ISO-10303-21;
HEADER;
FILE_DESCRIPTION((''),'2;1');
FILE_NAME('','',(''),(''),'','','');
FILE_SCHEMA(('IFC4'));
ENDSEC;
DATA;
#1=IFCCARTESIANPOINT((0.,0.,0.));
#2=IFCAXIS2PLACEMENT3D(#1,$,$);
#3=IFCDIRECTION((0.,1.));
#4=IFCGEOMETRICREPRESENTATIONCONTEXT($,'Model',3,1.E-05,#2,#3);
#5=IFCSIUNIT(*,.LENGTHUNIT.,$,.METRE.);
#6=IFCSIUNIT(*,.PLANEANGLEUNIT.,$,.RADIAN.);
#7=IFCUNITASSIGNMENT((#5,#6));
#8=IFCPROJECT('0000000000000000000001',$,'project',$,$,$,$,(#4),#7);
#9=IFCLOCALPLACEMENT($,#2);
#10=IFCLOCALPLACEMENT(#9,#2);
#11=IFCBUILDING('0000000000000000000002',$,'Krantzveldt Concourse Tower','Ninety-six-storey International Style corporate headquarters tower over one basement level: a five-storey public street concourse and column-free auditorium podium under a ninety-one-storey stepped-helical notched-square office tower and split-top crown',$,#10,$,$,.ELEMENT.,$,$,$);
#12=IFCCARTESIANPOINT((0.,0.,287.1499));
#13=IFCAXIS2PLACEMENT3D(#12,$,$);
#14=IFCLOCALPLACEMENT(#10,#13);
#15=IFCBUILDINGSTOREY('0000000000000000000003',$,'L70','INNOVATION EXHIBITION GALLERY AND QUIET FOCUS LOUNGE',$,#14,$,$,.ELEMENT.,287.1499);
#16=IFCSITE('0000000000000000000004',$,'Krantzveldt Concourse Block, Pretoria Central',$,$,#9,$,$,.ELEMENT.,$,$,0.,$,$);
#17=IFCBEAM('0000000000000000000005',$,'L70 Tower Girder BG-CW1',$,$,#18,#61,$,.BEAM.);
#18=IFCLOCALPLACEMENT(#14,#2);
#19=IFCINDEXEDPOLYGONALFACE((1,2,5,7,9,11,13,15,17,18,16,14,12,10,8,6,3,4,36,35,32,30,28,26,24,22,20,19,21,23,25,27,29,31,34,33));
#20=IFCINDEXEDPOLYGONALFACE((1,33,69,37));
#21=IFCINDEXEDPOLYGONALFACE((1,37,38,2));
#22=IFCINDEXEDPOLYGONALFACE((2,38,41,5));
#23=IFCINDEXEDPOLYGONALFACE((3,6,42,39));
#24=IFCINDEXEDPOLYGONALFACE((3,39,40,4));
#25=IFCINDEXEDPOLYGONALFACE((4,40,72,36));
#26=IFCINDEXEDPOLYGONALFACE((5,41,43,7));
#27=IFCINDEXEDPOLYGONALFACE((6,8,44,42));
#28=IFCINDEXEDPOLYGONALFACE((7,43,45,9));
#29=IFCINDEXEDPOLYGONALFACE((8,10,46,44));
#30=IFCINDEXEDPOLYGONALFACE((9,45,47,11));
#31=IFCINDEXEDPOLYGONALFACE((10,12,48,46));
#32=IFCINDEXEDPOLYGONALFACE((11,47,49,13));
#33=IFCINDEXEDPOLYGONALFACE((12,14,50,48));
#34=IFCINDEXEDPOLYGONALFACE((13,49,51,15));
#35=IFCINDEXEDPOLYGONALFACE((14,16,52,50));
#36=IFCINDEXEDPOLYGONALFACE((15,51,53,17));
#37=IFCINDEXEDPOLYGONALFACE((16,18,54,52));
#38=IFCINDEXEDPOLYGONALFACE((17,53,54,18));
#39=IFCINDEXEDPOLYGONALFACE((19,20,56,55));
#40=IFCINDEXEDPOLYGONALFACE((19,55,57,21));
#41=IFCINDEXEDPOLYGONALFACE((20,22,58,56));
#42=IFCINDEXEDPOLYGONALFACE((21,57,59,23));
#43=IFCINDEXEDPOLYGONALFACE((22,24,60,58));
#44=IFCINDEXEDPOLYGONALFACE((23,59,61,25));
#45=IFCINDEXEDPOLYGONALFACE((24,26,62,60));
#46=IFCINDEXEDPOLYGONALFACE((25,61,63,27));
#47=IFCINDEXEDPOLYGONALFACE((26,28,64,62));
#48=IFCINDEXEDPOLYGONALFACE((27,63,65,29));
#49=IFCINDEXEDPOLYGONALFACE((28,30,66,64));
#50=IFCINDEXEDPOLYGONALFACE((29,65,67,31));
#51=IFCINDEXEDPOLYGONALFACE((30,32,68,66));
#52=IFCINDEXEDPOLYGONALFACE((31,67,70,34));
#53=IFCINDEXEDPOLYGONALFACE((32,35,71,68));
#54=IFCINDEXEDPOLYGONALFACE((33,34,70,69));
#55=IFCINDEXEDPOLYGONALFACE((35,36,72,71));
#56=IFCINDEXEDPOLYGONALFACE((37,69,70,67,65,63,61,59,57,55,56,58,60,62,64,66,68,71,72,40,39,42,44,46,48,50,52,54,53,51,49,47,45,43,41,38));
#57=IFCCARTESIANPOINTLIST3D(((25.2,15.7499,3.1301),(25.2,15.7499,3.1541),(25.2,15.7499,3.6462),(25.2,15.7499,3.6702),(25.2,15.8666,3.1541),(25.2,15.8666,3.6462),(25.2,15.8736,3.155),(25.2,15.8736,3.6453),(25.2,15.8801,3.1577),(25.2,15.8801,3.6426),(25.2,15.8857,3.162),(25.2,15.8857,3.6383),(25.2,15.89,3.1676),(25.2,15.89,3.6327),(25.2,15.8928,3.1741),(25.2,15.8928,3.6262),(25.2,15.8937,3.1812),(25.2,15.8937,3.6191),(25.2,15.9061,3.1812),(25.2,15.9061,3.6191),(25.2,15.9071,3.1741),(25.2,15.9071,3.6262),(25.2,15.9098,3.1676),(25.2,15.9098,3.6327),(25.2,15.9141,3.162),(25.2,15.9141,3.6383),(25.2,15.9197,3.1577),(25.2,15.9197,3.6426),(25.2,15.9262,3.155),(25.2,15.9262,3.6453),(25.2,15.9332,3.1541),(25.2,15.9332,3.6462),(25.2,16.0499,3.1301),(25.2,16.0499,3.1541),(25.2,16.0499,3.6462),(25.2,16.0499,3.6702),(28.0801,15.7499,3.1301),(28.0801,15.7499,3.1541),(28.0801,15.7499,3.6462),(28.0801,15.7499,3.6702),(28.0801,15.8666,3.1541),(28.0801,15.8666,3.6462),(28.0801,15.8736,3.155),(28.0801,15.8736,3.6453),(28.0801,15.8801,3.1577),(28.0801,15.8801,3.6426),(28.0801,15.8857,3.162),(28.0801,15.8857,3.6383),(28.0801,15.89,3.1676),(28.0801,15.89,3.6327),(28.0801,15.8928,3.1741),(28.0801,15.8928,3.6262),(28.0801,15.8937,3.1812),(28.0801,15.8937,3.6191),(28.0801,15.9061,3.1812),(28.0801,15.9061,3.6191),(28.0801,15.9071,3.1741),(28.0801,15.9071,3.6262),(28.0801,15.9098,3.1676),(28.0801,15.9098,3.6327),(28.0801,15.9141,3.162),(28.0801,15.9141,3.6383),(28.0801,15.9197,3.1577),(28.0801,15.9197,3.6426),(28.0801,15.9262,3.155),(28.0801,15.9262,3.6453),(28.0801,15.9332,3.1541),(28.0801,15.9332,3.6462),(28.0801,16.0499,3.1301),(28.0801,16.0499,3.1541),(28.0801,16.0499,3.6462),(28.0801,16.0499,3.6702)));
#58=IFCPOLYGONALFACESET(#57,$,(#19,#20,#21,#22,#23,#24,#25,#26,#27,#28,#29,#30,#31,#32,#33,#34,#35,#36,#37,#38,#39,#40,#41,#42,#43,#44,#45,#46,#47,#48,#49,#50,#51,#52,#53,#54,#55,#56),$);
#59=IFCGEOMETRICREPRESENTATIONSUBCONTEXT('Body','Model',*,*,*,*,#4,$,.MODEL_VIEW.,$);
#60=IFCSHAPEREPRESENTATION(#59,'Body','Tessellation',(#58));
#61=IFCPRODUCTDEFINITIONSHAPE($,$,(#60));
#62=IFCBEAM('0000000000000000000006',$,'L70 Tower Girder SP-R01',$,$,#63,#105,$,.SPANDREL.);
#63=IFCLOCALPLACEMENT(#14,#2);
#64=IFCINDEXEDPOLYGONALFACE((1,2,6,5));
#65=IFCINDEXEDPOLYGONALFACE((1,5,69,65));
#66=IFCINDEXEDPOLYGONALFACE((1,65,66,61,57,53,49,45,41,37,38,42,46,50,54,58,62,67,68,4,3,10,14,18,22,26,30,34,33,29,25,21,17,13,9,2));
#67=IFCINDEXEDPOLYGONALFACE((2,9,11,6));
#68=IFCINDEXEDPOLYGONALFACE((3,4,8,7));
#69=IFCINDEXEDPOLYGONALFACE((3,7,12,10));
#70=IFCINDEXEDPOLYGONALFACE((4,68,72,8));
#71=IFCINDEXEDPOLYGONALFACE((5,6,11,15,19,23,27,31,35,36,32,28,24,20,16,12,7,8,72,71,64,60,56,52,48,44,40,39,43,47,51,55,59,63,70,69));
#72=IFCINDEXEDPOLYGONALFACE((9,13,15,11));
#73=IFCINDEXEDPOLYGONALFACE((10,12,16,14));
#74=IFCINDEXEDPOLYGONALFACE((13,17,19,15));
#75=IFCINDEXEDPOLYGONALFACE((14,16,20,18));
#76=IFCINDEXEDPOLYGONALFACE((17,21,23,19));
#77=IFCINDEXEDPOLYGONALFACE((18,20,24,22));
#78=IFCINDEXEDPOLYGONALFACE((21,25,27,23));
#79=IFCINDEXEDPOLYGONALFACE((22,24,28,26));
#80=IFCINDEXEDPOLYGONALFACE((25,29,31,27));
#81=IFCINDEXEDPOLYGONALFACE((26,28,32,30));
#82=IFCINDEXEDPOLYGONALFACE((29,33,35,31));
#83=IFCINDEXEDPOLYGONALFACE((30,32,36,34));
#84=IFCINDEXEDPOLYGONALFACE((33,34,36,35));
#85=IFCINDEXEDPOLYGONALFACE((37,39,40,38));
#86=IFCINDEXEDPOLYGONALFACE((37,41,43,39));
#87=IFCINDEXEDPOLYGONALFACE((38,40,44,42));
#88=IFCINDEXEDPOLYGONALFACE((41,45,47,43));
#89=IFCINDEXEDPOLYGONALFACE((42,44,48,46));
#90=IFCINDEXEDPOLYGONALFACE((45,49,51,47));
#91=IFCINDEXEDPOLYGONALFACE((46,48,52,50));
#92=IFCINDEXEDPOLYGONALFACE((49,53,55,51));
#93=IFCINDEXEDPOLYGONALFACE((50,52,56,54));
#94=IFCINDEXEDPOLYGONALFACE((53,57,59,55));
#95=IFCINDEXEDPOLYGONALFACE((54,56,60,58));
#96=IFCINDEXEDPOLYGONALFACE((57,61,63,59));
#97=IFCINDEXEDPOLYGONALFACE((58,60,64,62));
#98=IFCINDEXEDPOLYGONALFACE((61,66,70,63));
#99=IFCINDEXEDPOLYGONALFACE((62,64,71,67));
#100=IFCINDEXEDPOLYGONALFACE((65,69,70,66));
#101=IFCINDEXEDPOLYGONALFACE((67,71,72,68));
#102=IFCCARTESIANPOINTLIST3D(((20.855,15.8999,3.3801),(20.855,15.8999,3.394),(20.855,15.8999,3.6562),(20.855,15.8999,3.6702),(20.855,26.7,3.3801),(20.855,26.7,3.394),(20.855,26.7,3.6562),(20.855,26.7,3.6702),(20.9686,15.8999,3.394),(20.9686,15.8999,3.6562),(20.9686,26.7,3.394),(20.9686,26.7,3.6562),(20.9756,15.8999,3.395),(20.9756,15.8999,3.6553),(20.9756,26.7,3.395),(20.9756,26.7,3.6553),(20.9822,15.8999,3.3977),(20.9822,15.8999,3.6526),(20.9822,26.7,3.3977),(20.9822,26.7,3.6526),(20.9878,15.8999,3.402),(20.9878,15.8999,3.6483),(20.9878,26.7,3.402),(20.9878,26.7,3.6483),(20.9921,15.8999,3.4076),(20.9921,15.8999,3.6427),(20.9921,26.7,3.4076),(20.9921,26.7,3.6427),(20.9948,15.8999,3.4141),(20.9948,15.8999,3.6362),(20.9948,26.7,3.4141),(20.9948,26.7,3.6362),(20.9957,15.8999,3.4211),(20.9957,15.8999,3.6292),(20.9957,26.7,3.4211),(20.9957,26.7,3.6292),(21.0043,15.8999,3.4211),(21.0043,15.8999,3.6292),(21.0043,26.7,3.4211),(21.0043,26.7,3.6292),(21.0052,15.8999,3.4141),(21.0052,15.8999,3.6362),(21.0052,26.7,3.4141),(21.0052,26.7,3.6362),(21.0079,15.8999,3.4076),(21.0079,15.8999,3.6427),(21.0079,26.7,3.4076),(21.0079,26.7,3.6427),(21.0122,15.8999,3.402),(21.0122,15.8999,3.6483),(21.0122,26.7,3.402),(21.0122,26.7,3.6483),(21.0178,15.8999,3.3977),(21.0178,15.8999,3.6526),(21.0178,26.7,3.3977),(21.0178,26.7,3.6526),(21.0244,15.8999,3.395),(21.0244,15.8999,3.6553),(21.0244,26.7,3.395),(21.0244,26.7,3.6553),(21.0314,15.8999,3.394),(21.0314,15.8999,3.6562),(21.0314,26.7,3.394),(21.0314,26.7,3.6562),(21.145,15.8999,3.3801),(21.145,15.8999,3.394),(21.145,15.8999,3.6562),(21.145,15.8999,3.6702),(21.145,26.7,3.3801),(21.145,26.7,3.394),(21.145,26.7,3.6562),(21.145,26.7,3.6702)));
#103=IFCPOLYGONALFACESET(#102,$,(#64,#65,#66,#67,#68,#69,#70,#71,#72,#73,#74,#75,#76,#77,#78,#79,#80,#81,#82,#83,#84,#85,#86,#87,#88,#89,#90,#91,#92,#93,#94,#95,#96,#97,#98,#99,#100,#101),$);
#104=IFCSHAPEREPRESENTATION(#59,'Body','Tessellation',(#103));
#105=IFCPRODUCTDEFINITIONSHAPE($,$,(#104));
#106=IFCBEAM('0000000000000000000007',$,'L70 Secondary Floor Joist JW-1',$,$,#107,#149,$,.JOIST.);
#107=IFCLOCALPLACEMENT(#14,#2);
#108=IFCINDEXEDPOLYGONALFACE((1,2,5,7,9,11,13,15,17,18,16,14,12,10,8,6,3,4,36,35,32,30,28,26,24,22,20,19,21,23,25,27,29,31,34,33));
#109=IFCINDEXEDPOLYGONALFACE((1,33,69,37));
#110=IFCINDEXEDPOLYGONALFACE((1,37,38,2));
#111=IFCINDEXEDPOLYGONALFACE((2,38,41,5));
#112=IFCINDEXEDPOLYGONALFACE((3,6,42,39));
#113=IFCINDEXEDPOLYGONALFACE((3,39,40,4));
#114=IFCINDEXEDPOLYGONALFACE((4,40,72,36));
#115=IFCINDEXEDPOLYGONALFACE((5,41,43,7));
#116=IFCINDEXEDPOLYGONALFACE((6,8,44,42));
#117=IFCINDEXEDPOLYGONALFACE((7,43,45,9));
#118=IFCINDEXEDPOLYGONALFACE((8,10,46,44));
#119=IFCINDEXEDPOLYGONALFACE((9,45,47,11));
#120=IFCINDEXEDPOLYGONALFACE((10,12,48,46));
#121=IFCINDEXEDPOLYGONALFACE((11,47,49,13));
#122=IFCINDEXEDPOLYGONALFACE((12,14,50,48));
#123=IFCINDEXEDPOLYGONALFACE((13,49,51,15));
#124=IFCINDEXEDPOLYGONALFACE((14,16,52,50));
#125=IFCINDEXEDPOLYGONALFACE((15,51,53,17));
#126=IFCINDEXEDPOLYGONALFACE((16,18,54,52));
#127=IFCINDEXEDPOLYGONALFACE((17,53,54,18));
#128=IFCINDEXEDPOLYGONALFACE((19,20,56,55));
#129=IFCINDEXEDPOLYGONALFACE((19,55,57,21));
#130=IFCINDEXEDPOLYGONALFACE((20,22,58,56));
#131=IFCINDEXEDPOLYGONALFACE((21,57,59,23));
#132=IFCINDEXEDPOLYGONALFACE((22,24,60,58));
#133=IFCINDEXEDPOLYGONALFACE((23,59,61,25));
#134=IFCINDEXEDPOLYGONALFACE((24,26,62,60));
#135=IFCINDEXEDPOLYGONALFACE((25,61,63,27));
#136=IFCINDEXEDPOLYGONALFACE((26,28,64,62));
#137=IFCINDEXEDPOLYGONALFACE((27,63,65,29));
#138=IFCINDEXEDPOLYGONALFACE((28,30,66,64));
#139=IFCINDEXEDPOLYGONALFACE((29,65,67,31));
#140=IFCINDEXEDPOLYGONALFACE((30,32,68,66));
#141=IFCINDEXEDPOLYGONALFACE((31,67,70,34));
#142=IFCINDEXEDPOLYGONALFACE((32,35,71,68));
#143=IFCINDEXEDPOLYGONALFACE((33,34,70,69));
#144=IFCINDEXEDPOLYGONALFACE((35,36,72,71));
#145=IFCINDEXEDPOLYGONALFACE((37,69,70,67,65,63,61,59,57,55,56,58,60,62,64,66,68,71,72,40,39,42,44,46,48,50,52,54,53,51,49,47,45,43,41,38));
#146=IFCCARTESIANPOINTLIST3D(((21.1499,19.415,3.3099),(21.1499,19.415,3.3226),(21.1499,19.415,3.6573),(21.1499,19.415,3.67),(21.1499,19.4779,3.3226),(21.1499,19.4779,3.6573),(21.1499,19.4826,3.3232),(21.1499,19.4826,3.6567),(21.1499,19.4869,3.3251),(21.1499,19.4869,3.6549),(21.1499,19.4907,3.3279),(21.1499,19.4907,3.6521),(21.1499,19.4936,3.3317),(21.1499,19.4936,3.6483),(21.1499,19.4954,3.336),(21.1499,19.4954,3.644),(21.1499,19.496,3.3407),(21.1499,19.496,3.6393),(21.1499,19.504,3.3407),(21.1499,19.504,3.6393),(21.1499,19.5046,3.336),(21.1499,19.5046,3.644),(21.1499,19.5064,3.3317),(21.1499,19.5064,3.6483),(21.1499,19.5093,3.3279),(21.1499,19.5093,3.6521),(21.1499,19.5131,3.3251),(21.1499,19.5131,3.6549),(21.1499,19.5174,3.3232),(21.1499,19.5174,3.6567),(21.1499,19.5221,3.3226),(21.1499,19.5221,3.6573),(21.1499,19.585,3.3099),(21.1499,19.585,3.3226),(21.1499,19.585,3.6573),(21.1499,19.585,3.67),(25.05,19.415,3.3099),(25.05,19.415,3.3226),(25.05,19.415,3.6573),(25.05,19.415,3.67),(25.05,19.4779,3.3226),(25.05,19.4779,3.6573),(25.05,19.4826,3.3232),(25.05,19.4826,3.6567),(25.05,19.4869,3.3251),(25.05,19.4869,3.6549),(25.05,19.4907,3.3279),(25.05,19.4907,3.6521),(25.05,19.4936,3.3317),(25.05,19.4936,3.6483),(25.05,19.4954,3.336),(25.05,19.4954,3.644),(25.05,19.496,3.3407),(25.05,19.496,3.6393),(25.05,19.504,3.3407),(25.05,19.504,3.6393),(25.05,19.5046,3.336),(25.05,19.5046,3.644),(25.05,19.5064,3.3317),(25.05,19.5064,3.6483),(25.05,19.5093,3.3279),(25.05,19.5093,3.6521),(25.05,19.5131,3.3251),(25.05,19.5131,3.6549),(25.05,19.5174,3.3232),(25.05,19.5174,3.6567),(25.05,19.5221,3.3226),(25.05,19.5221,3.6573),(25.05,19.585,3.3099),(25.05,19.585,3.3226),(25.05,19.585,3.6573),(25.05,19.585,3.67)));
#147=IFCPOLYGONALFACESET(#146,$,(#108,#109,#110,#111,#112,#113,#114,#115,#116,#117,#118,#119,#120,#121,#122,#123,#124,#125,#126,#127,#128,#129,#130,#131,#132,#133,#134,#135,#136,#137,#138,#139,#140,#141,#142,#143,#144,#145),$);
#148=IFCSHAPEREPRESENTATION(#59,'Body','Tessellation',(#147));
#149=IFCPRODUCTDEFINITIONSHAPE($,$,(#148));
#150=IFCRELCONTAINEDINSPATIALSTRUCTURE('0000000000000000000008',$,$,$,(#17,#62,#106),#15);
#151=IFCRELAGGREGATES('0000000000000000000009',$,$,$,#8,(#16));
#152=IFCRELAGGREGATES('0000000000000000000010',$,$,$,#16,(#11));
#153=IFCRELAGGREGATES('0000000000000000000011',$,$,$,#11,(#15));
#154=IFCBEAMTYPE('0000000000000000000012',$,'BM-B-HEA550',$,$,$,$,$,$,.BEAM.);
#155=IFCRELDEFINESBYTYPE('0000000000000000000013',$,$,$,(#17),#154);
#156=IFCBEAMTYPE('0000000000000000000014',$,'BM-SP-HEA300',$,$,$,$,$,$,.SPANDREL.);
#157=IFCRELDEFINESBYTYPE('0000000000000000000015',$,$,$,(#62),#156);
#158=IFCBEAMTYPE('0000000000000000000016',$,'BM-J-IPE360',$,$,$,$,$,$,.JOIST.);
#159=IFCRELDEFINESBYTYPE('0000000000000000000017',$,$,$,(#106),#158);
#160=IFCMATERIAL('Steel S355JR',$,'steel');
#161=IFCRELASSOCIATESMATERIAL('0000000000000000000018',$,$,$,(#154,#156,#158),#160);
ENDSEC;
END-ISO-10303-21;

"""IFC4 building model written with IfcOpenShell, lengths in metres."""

from ifc_helpers import new_model, si_unit, direction, frame, origin, origin_2d, place, context, subcontext, project, spatial, i_section, extrude, source, transform, mapped, material, material_profile, profile_set, type_object, type_shapes, element, save


model = new_model("IFC4")

# Units and contexts
model_context = context("Model", 3, precision=1e-05, world=origin(), true_north=direction((0.0, 1.0)))
body_context = subcontext(model_context, "Body", "Model", "MODEL_VIEW")
ifc_project = project(units=[si_unit("LENGTHUNIT", "METRE"), si_unit("PLANEANGLEUNIT", "RADIAN")], contexts=[model_context])

# Site, building, storey
site_placement = place(None, origin())
site = spatial("IfcSite", under=ifc_project, at=site_placement, Name="Krantzveldt Concourse Block, Pretoria Central", CompositionType="ELEMENT", RefElevation=0.0)
building_placement = place(site_placement, origin())
building = spatial("IfcBuilding", under=site, at=building_placement, Name="Krantzveldt Concourse Tower", Description="Ninety-six-storey International Style corporate headquarters tower over one basement level: a five-storey public street concourse and column-free auditorium podium under a ninety-one-storey stepped-helical notched-square office tower and split-top crown", CompositionType="ELEMENT")
storey_placement = place(building_placement, frame((0.0, 0.0, 287.1499)))
storey = spatial("IfcBuildingStorey", under=building, at=storey_placement, Name="L70", Description="INNOVATION EXHIBITION GALLERY AND QUIET FOCUS LOUNGE", CompositionType="ELEMENT", Elevation=287.1499)

# Beams
ifc_material_1 = material(Name="Steel S355JR", Category="steel")
ifc_material_profile_1 = material_profile(ifc_material_1, i_section(OverallWidth=0.3, OverallDepth=0.54, WebThickness=0.0125, FlangeThickness=0.0239, FilletRadius=0.0271, at=origin_2d()), Name="Steel S355JR", Category="steel")
ifc_profile_set_1 = profile_set([ifc_material_profile_1], Name="Steel S355JR - HEA 550")
beam_type_1 = type_object("IfcBeamType", Name="BM-B-HEA550", PredefinedType="BEAM", material=ifc_profile_set_1)
shared_shape_1 = source(origin(), body_context, "Body", "SweptSolid", [
    extrude(i_section(OverallWidth=0.3, OverallDepth=0.54, WebThickness=0.0125, FlangeThickness=0.0239, FilletRadius=0.0271, at=origin_2d()), origin(), (0.0, 0.0, 1.0), 2.8801),
])
beam_1_placement = place(storey_placement, frame((25.2, 15.8999, 3.4001), z_axis=(1.0, 0.0, 0.0), x_axis=(0.0, 1.0, 0.0)))
element("IfcBeam", 1, at=beam_1_placement, inside=storey, type_object=beam_type_1, Name="L70 Tower Girder BG-CW1", PredefinedType="BEAM", context=body_context, shape_type="MappedRepresentation", body=[
    mapped(shared_shape_1, transform((0.0, 0.0, 0.0), x_axis=(1.0, 0.0, 0.0), y_axis=(0.0, 1.0, 0.0), z_axis=(0.0, 0.0, 1.0), scale=1.0)),
])
ifc_material_profile_2 = material_profile(ifc_material_1, i_section(OverallWidth=0.29, OverallDepth=0.29, WebThickness=0.0085, FlangeThickness=0.0139, FilletRadius=0.0271, at=origin_2d()), Name="Steel S355JR", Category="steel")
ifc_profile_set_2 = profile_set([ifc_material_profile_2], Name="Steel S355JR - HEA 300")
beam_type_2 = type_object("IfcBeamType", Name="BM-SP-HEA300", PredefinedType="SPANDREL", material=ifc_profile_set_2)
shared_shape_2 = source(origin(), body_context, "Body", "SweptSolid", [
    extrude(i_section(OverallWidth=0.29, OverallDepth=0.29, WebThickness=0.0085, FlangeThickness=0.0139, FilletRadius=0.0271, at=origin_2d()), origin(), (0.0, 0.0, 1.0), 10.8),
])
type_shapes(beam_type_2, [shared_shape_2])
beam_2_placement = place(storey_placement, frame((21.0, 15.8999, 3.5251), z_axis=(0.0, 1.0, 0.0), x_axis=(-1.0, 0.0, 0.0)))
element("IfcBeam", 2, at=beam_2_placement, inside=storey, type_object=beam_type_2, Name="L70 Tower Girder SP-R01", PredefinedType="SPANDREL", context=body_context, shape_type="MappedRepresentation", body=[
    mapped(shared_shape_2, transform((0.0, 0.0, 0.0), x_axis=(1.0, 0.0, 0.0), y_axis=(0.0, 1.0, 0.0), z_axis=(0.0, 0.0, 1.0), scale=1.0)),
])
ifc_material_profile_3 = material_profile(ifc_material_1, i_section(OverallWidth=0.1699, OverallDepth=0.3601, WebThickness=0.0081, FlangeThickness=0.0127, FilletRadius=0.0181, at=origin_2d()), Name="Steel S355JR", Category="steel")
ifc_profile_set_3 = profile_set([ifc_material_profile_3], Name="Steel S355JR - IPE 360")
beam_type_3 = type_object("IfcBeamType", Name="BM-J-IPE360", PredefinedType="JOIST", material=ifc_profile_set_3)
shared_shape_3 = source(origin(), body_context, "Body", "SweptSolid", [
    extrude(i_section(OverallWidth=0.1699, OverallDepth=0.3601, WebThickness=0.0081, FlangeThickness=0.0127, FilletRadius=0.0181, at=origin_2d()), origin(), (0.0, 0.0, 1.0), 3.9001),
])
type_shapes(beam_type_3, [shared_shape_3])
for number, where, z_axis, x_axis, name in (
    (3, (21.1499, 19.5, 3.49), (1.0, 0.0, 0.0), (0.0, 1.0, 0.0), "L70 Secondary Floor Joist JW-1"),
):
    element("IfcBeam", number, at=place(storey_placement, frame(where, z_axis=z_axis, x_axis=x_axis)), inside=storey, type_object=beam_type_3, Name=name, PredefinedType="JOIST", context=body_context, shape_type="MappedRepresentation", body=[
        mapped(shared_shape_3, transform((0.0, 0.0, 0.0), x_axis=(1.0, 0.0, 0.0), y_axis=(0.0, 1.0, 0.0), z_axis=(0.0, 0.0, 1.0), scale=1.0)),
    ])

save(model, "model.ifc")
